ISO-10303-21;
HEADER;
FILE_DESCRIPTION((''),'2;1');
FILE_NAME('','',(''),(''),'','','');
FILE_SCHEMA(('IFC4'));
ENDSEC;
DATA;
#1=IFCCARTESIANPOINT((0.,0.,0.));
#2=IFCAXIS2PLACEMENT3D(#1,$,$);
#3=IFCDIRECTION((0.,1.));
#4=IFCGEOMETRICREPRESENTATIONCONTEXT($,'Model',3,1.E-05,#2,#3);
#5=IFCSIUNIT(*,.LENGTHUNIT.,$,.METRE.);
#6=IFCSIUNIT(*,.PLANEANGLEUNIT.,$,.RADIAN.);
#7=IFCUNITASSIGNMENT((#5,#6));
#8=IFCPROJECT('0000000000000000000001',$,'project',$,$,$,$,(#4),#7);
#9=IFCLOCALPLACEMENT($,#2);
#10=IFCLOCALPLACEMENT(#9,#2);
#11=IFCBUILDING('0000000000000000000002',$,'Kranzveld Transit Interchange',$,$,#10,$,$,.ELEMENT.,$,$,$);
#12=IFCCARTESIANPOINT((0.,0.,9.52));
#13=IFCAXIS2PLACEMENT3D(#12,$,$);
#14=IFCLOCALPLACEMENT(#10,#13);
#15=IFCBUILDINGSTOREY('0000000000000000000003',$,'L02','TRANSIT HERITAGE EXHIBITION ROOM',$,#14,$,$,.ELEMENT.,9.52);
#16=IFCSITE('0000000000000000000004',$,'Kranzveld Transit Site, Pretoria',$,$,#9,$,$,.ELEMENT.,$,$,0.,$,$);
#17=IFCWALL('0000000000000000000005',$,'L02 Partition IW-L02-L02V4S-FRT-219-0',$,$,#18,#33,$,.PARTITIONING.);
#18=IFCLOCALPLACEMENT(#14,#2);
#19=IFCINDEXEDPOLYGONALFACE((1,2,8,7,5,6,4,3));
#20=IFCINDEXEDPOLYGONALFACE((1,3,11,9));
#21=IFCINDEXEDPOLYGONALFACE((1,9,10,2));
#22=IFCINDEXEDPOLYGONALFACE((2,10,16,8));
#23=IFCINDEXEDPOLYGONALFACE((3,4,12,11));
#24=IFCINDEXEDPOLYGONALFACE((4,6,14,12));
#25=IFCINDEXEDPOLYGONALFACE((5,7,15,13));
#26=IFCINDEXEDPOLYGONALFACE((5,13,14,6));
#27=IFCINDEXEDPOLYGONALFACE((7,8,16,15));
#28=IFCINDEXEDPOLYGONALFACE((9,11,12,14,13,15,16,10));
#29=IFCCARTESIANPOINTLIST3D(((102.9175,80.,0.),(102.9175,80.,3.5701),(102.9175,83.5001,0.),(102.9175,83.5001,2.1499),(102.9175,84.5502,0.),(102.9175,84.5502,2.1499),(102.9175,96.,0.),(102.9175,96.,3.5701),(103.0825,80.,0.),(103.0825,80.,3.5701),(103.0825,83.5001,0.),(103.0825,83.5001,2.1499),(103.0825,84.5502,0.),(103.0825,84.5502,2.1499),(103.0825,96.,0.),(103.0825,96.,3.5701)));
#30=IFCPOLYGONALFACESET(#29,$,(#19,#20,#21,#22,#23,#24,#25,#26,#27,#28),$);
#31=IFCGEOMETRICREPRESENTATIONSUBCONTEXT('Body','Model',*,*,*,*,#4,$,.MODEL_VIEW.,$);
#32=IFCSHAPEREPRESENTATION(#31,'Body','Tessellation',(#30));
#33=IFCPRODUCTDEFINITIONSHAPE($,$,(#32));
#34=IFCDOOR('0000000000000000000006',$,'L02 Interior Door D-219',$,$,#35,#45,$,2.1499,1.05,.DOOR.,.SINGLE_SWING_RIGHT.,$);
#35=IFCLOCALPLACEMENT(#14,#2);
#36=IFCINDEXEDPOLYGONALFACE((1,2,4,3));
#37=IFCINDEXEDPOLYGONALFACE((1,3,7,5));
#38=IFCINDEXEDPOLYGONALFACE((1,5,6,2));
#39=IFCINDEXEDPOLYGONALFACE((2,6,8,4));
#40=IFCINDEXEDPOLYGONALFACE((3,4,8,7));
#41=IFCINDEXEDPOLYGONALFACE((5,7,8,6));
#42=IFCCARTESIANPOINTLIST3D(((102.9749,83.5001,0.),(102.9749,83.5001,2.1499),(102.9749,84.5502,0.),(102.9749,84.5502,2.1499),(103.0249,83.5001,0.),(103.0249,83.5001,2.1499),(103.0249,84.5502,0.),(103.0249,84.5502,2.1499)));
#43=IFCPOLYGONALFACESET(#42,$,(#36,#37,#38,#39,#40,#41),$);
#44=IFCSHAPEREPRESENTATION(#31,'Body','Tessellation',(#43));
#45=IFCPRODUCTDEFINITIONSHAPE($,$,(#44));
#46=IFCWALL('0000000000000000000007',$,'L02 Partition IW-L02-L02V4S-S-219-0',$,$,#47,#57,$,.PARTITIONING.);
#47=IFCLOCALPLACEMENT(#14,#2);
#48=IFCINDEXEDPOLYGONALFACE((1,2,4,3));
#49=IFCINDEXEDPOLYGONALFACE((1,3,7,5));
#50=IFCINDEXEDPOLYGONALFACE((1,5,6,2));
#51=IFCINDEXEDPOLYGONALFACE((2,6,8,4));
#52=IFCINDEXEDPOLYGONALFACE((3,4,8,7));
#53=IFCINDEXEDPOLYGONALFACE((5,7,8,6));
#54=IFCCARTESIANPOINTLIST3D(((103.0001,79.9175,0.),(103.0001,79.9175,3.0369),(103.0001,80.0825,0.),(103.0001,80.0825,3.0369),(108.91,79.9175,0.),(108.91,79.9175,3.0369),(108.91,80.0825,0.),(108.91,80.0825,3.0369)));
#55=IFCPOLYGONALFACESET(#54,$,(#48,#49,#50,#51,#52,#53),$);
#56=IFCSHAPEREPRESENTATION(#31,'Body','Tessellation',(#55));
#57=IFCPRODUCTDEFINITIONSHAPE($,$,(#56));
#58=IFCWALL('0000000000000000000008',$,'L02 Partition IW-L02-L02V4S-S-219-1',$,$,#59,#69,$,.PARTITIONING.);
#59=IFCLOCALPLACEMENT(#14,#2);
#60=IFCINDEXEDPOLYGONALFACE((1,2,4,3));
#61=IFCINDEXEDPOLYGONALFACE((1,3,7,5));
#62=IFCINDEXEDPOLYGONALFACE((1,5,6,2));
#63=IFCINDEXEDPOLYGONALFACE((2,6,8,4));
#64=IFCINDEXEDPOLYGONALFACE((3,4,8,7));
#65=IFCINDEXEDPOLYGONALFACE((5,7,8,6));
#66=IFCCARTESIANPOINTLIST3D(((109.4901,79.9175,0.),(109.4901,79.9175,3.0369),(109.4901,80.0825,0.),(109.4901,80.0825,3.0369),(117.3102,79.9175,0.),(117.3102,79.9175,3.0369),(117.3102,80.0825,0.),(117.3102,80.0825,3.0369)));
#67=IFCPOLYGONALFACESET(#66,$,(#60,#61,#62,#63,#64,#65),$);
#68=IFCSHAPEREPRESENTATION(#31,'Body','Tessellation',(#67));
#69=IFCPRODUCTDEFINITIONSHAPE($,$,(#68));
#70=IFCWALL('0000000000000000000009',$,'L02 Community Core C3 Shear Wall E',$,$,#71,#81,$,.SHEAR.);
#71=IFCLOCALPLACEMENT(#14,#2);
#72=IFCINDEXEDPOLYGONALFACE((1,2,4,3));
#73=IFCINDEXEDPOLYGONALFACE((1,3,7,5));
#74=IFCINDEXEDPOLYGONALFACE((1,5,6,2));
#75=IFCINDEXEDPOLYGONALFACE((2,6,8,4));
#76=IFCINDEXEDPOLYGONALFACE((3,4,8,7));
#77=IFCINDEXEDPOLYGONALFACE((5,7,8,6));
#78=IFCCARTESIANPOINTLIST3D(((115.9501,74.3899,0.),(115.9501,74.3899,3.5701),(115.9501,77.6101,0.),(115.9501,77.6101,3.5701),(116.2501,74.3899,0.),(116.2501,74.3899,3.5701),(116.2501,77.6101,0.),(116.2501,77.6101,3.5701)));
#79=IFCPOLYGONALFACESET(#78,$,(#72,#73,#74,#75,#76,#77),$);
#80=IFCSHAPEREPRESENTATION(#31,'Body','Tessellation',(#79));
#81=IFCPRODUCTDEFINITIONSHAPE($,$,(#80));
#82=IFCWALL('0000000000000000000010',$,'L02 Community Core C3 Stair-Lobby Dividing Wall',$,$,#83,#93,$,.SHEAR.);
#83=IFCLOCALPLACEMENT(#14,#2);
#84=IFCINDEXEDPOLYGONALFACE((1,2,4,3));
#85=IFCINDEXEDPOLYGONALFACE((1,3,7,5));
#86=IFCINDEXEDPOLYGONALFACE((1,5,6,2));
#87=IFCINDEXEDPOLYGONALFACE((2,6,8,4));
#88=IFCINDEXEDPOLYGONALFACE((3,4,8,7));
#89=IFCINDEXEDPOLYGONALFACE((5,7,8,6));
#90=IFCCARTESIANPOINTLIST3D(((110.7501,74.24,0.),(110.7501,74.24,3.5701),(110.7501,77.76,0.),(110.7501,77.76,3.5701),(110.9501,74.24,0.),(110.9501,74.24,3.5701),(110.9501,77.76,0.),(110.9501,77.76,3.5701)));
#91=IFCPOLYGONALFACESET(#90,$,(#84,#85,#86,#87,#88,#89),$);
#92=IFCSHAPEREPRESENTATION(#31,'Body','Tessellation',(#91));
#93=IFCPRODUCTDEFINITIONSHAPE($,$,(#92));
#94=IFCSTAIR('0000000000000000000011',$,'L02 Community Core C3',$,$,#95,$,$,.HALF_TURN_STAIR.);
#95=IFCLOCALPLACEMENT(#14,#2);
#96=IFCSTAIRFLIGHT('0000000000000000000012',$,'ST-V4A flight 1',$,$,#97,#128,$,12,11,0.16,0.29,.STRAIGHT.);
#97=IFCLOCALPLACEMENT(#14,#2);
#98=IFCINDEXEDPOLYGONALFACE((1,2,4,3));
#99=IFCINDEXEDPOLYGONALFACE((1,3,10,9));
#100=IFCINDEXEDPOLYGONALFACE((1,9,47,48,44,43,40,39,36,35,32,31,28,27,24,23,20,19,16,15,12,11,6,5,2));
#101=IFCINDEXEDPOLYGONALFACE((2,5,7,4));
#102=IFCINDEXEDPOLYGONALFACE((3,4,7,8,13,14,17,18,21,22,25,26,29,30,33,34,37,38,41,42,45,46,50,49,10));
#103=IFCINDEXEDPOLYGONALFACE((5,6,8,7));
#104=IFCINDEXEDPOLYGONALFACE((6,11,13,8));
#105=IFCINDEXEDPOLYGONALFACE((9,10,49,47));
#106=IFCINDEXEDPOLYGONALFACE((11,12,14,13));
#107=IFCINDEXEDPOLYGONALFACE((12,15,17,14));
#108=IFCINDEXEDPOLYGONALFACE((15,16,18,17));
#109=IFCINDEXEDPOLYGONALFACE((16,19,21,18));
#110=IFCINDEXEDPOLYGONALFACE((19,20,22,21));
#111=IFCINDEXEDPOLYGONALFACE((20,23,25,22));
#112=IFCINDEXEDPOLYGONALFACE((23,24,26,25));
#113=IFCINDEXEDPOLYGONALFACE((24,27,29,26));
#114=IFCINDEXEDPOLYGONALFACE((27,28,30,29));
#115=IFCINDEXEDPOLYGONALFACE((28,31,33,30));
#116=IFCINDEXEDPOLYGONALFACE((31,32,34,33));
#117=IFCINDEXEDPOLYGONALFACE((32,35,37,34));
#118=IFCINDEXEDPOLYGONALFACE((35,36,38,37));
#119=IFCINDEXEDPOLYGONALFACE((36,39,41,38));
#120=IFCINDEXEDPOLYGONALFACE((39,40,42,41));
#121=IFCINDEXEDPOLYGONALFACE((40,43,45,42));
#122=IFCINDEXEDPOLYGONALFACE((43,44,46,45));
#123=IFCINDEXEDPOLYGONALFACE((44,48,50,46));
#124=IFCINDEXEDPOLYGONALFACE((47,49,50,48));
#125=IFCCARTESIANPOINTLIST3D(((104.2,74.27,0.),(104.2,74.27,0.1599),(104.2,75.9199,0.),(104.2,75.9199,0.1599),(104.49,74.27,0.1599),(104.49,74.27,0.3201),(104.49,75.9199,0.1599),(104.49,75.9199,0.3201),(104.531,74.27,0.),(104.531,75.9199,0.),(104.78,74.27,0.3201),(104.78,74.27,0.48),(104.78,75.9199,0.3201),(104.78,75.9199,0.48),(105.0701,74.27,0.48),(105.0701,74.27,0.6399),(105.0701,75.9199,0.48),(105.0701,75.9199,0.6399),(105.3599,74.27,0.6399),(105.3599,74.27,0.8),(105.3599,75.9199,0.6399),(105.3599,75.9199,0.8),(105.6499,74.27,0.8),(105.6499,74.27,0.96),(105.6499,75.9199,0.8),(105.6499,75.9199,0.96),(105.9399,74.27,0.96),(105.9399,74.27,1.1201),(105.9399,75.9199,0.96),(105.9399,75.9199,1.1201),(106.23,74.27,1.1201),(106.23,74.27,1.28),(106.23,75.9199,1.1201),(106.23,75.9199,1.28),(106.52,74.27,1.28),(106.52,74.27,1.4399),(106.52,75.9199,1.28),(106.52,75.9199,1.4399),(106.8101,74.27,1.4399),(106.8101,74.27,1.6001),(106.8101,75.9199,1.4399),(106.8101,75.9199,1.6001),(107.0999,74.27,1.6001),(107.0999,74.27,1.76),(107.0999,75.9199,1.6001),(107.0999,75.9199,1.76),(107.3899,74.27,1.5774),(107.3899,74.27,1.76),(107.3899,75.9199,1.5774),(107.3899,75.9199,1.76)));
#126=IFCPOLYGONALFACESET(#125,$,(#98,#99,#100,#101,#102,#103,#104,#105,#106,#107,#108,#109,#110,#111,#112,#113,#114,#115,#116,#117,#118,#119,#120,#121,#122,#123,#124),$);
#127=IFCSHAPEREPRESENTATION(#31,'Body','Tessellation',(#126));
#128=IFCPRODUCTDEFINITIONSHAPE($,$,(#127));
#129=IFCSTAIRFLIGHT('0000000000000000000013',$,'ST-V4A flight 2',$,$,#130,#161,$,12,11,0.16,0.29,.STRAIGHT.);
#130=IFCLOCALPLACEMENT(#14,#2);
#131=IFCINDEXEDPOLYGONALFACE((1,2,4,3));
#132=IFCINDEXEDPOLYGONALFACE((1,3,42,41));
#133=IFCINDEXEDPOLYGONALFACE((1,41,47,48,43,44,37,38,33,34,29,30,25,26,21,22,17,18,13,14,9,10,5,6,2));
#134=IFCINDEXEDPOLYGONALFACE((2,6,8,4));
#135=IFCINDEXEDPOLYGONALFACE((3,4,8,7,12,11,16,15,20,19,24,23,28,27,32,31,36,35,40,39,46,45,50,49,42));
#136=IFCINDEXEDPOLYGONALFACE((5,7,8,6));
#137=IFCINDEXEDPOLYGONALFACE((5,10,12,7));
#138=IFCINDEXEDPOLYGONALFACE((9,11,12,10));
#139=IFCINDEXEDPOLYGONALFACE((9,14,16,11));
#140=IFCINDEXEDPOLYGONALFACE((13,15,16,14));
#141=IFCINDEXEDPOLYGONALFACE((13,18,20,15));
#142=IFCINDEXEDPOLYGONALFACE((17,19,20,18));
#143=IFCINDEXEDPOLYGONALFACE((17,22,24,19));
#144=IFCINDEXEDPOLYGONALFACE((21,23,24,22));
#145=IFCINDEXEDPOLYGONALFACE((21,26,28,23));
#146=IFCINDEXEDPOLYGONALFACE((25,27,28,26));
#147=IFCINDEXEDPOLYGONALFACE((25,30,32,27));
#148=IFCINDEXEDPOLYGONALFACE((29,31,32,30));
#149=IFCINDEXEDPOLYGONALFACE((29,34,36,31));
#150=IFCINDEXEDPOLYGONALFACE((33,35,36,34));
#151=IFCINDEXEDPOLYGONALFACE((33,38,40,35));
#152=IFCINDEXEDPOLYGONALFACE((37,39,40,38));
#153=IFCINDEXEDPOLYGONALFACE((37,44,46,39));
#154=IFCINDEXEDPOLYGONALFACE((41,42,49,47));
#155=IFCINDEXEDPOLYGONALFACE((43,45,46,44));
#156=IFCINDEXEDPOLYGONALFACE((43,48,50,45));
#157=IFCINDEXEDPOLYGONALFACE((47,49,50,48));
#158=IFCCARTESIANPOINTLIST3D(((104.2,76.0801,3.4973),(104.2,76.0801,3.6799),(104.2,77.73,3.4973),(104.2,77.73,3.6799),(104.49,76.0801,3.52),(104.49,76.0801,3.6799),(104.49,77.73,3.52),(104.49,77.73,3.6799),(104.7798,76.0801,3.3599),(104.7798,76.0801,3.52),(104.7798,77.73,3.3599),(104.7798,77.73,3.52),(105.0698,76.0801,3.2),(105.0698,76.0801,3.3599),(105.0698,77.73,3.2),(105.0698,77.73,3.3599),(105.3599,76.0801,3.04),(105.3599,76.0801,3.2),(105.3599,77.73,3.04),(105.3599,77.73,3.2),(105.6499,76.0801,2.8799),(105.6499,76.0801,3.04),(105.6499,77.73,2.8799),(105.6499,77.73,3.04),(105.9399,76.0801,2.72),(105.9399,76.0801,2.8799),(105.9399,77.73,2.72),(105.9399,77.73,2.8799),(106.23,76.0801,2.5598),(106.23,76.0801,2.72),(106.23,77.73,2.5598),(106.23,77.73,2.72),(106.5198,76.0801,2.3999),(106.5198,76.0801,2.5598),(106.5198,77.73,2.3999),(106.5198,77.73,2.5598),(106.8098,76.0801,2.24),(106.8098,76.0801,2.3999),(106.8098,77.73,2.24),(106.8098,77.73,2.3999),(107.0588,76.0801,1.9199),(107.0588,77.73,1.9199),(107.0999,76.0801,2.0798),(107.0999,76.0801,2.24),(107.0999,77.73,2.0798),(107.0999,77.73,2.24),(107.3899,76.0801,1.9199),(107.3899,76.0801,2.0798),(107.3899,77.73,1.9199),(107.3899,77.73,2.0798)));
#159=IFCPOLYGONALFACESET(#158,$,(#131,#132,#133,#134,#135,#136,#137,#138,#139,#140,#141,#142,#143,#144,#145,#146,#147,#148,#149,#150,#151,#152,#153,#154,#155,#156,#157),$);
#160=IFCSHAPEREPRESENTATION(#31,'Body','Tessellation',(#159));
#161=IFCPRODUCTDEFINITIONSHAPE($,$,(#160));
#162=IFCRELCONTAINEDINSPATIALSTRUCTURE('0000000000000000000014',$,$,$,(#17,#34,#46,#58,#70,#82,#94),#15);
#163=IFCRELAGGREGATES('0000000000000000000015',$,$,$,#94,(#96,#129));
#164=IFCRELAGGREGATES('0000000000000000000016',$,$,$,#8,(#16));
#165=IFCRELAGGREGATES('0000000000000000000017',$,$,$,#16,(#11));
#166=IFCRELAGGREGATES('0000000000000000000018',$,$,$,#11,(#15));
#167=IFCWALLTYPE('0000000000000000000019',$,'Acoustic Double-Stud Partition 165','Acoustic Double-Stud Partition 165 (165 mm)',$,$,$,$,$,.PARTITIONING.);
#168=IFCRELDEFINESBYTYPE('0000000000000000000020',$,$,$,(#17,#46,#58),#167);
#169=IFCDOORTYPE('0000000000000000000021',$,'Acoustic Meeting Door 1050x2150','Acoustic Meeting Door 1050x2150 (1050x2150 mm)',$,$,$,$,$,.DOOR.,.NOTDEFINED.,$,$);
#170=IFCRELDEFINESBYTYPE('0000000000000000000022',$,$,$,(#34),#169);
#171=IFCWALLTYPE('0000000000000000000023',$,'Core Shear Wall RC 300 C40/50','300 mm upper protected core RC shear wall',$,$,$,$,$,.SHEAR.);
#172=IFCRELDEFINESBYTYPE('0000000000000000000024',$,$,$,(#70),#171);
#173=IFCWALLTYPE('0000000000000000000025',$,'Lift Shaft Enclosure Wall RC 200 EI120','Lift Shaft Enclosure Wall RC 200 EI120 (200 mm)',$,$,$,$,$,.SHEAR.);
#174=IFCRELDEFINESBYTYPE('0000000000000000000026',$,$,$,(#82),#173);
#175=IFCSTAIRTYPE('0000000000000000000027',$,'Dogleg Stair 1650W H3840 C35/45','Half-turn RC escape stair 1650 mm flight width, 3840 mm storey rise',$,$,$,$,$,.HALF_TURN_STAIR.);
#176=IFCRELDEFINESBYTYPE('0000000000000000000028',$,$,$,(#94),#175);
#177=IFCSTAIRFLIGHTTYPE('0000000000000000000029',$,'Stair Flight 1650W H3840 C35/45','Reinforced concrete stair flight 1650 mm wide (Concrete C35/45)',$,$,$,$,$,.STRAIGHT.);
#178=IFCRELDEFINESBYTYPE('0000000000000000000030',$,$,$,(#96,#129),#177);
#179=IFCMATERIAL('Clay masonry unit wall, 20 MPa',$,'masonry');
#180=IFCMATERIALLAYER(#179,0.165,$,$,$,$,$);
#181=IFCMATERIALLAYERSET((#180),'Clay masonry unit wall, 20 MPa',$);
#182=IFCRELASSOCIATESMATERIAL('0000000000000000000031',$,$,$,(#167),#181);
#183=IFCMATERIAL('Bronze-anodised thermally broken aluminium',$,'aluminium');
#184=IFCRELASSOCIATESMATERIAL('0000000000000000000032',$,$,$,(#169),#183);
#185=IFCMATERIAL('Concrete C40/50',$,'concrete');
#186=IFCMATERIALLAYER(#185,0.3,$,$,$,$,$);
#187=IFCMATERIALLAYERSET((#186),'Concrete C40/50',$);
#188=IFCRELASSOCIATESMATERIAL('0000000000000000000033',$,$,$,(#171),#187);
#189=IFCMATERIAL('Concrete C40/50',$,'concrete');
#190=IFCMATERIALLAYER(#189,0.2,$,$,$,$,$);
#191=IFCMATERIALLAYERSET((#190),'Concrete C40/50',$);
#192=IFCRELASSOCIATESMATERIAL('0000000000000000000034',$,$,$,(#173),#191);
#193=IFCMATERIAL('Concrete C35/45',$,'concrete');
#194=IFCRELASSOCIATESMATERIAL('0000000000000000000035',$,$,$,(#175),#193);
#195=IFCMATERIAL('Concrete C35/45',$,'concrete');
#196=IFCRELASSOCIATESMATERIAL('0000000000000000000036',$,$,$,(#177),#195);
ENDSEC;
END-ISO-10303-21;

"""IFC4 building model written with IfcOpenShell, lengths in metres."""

from ifc_helpers import new_model, si_unit, direction, frame, frame_2d, origin, place, context, subcontext, project, spatial, polyline, rectangle, outline, extrude, material, layer, layer_set, type_object, element, fill, aggregate, save


model = new_model("IFC4")

# Units and contexts
model_context = context("Model", 3, precision=1e-05, world=origin(), true_north=direction((0.0, 1.0)))
body_context = subcontext(model_context, "Body", "Model", "MODEL_VIEW")
ifc_project = project(units=[si_unit("LENGTHUNIT", "METRE"), si_unit("PLANEANGLEUNIT", "RADIAN")], contexts=[model_context])

# Site, building, storey
site_placement = place(None, origin())
site = spatial("IfcSite", under=ifc_project, at=site_placement, Name="Kranzveld Transit Site, Pretoria", CompositionType="ELEMENT", RefElevation=0.0)
building_placement = place(site_placement, origin())
building = spatial("IfcBuilding", under=site, at=building_placement, Name="Kranzveld Transit Interchange", CompositionType="ELEMENT")
storey_placement = place(building_placement, frame((0.0, 0.0, 9.52)))
storey = spatial("IfcBuildingStorey", under=building, at=storey_placement, Name="L02", Description="TRANSIT HERITAGE EXHIBITION ROOM", CompositionType="ELEMENT", Elevation=9.52)

# Wall, opening, door
ifc_material_1 = material(Name="Clay masonry unit wall, 20 MPa", Category="masonry")
ifc_layer_1 = layer(ifc_material_1, 0.165)
ifc_layer_set_1 = layer_set([ifc_layer_1], Name="Clay masonry unit wall, 20 MPa")
wall_type_1 = type_object("IfcWallType", Name="Acoustic Double-Stud Partition 165", Description="Acoustic Double-Stud Partition 165 (165 mm)", PredefinedType="PARTITIONING", material=ifc_layer_set_1)
wall_1_placement = place(storey_placement, frame((103.0, 80.0, 0.0), z_axis=(0.0, 0.0, 1.0), x_axis=(0.0, 1.0, 0.0)))
wall_1 = element("IfcWall", 1, at=wall_1_placement, inside=storey, type_object=wall_type_1, Name="L02 Partition IW-L02-L02V4S-FRT-219-0", PredefinedType="PARTITIONING", context=body_context, shape_type="SweptSolid", body=[
    extrude(rectangle(XDim=16.0, YDim=0.165, at=frame_2d((8.0, 0.0))), origin(), (0.0, 0.0, 1.0), 3.5701),
])
opening_1_placement = place(wall_1_placement, frame((4.55, 0.0, 0.0), z_axis=(0.0, 0.0, 1.0), x_axis=(-1.0, 0.0, 0.0)))
opening_1 = element("IfcOpeningElement", 2, at=opening_1_placement, cuts=wall_1, PredefinedType="OPENING", context=body_context, shape_type="SweptSolid", body=[
    extrude(rectangle(XDim=1.05, YDim=2.1499, at=frame_2d((0.5249, 1.075))), frame((0.0, 0.0925, 0.0), z_axis=(0.0, -1.0, 0.0), x_axis=(1.0, 0.0, 0.0)), (0.0, 0.0, 1.0), 0.1851),
])
ifc_material_2 = material(Name="Bronze-anodised thermally broken aluminium", Category="aluminium")
door_type_1 = type_object("IfcDoorType", Name="Acoustic Meeting Door 1050x2150", Description="Acoustic Meeting Door 1050x2150 (1050x2150 mm)", OperationType="NOTDEFINED", PredefinedType="DOOR", material=ifc_material_2)
door_1_placement = place(opening_1_placement, origin())
door_1 = element("IfcDoor", 3, at=door_1_placement, inside=storey, type_object=door_type_1, Name="L02 Interior Door D-219", OperationType="SINGLE_SWING_RIGHT", OverallHeight=2.1499, OverallWidth=1.05, PredefinedType="DOOR", context=body_context, shape_type="SweptSolid", body=[
    extrude(rectangle(XDim=1.05, YDim=2.1499, at=frame_2d((0.5249, 1.075))), frame((0.0, 0.0249, 0.0), z_axis=(0.0, -1.0, 0.0), x_axis=(1.0, 0.0, 0.0)), (0.0, 0.0, 1.0), 0.05),
])
fill(opening_1, door_1)

# Walls
wall_2_placement = place(storey_placement, frame((103.0, 80.0, 0.0), z_axis=(0.0, 0.0, 1.0), x_axis=(1.0, 0.0, 0.0)))
element("IfcWall", 4, at=wall_2_placement, inside=storey, type_object=wall_type_1, Name="L02 Partition IW-L02-L02V4S-S-219-0", PredefinedType="PARTITIONING", context=body_context, shape_type="SweptSolid", body=[
    extrude(rectangle(XDim=5.9099, YDim=0.165, at=frame_2d((2.9551, 0.0))), origin(), (0.0, 0.0, 1.0), 3.0369),
])
wall_3_placement = place(storey_placement, frame((109.49, 80.0, 0.0), z_axis=(0.0, 0.0, 1.0), x_axis=(1.0, 0.0, 0.0)))
element("IfcWall", 5, at=wall_3_placement, inside=storey, type_object=wall_type_1, Name="L02 Partition IW-L02-L02V4S-S-219-1", PredefinedType="PARTITIONING", context=body_context, shape_type="SweptSolid", body=[
    extrude(rectangle(XDim=7.8201, YDim=0.165, at=frame_2d((3.9102, 0.0))), origin(), (0.0, 0.0, 1.0), 3.0369),
])
ifc_material_3 = material(Name="Concrete C40/50", Category="concrete")
ifc_layer_2 = layer(ifc_material_3, 0.3)
ifc_layer_set_2 = layer_set([ifc_layer_2], Name="Concrete C40/50")
wall_type_2 = type_object("IfcWallType", Name="Core Shear Wall RC 300 C40/50", Description="300 mm upper protected core RC shear wall", PredefinedType="SHEAR", material=ifc_layer_set_2)
wall_4_placement = place(storey_placement, frame((116.1001, 74.3899, 0.0), z_axis=(0.0, 0.0, 1.0), x_axis=(0.0, 1.0, 0.0)))
element("IfcWall", 6, at=wall_4_placement, inside=storey, type_object=wall_type_2, Name="L02 Community Core C3 Shear Wall E", PredefinedType="SHEAR", context=body_context, shape_type="SweptSolid", body=[
    extrude(rectangle(XDim=3.2202, YDim=0.3, at=frame_2d((1.6101, 0.0))), origin(), (0.0, 0.0, 1.0), 3.5701),
])
ifc_material_4 = material(Name="Concrete C40/50", Category="concrete")
ifc_layer_3 = layer(ifc_material_4, 0.2)
ifc_layer_set_3 = layer_set([ifc_layer_3], Name="Concrete C40/50")
wall_type_3 = type_object("IfcWallType", Name="Lift Shaft Enclosure Wall RC 200 EI120", Description="Lift Shaft Enclosure Wall RC 200 EI120 (200 mm)", PredefinedType="SHEAR", material=ifc_layer_set_3)
wall_5_placement = place(storey_placement, frame((110.8501, 74.24, 0.0), z_axis=(0.0, 0.0, 1.0), x_axis=(0.0, 1.0, 0.0)))
element("IfcWall", 7, at=wall_5_placement, inside=storey, type_object=wall_type_3, Name="L02 Community Core C3 Stair-Lobby Dividing Wall", PredefinedType="SHEAR", context=body_context, shape_type="SweptSolid", body=[
    extrude(rectangle(XDim=3.52, YDim=0.2, at=frame_2d((1.76, 0.0))), origin(), (0.0, 0.0, 1.0), 3.5701),
])

# Stair, stair flights
ifc_material_5 = material(Name="Concrete C35/45", Category="concrete")
stair_type = type_object("IfcStairType", Name="Dogleg Stair 1650W H3840 C35/45", Description="Half-turn RC escape stair 1650 mm flight width, 3840 mm storey rise", PredefinedType="HALF_TURN_STAIR", material=ifc_material_5)
stair_placement = place(storey_placement, origin())
stair = element("IfcStair", 8, at=stair_placement, inside=storey, type_object=stair_type, Name="L02 Community Core C3", PredefinedType="HALF_TURN_STAIR")
ifc_material_6 = material(Name="Concrete C35/45", Category="concrete")
stair_flight_type = type_object("IfcStairFlightType", Name="Stair Flight 1650W H3840 C35/45", Description="Reinforced concrete stair flight 1650 mm wide (Concrete C35/45)", PredefinedType="STRAIGHT", material=ifc_material_6)
stair_flight_1_placement = place(storey_placement, frame((104.2, 75.095, 0.0), z_axis=(0.0, 0.0, 1.0), x_axis=(1.0, 0.0, 0.0)))
stair_flight_1 = element("IfcStairFlight", 9, at=stair_flight_1_placement, type_object=stair_flight_type, Name="ST-V4A flight 1", NumberOfRisers=12, NumberOfTreads=11, PredefinedType="STRAIGHT", RiserHeight=0.16, TreadLength=0.29, context=body_context, shape_type="SweptSolid", body=[
    extrude(outline(polyline([(0.0, 0.0), (0.0, 0.1599), (0.29, 0.1599), (0.29, 0.3201), (0.5801, 0.3201), (0.5801, 0.48), (0.8701, 0.48), (0.8701, 0.6399), (1.1599, 0.6399), (1.1599, 0.8), (1.45, 0.8), (1.45, 0.96), (1.74, 0.96), (1.74, 1.1201), (2.03, 1.1201), (2.03, 1.28), (2.3201, 1.28), (2.3201, 1.4399), (2.6101, 1.4399), (2.6101, 1.6001), (2.8999, 1.6001), (2.8999, 1.76), (3.1899, 1.76), (3.1899, 1.9199), (3.1899, 1.5774), (0.3311, 0.0), (0.0, 0.0)])), frame((0.0, 0.825, 0.0), z_axis=(0.0, -1.0, 0.0), x_axis=(1.0, 0.0, 0.0)), (0.0, 0.0, 1.0), 1.6499),
])
stair_flight_2_placement = place(storey_placement, frame((107.3899, 76.905, 1.9199), z_axis=(0.0, 0.0, 1.0), x_axis=(-1.0, 0.0, 0.0)))
stair_flight_2 = element("IfcStairFlight", 10, at=stair_flight_2_placement, type_object=stair_flight_type, Name="ST-V4A flight 2", NumberOfRisers=12, NumberOfTreads=11, PredefinedType="STRAIGHT", RiserHeight=0.16, TreadLength=0.29, context=body_context, shape_type="SweptSolid", body=[
    extrude(outline(polyline([(0.0, 0.0), (0.0, 0.1599), (0.29, 0.1599), (0.29, 0.3201), (0.5801, 0.3201), (0.5801, 0.48), (0.8701, 0.48), (0.8701, 0.6399), (1.1599, 0.6399), (1.1599, 0.8), (1.45, 0.8), (1.45, 0.96), (1.74, 0.96), (1.74, 1.1201), (2.03, 1.1201), (2.03, 1.28), (2.3201, 1.28), (2.3201, 1.4399), (2.6101, 1.4399), (2.6101, 1.6001), (2.8999, 1.6001), (2.8999, 1.76), (3.1899, 1.76), (3.1899, 1.9199), (3.1899, 1.5774), (0.3311, 0.0), (0.0, 0.0)])), frame((0.0, 0.825, 0.0), z_axis=(0.0, -1.0, 0.0), x_axis=(1.0, 0.0, 0.0)), (0.0, 0.0, 1.0), 1.6499),
])
aggregate(stair, [stair_flight_1, stair_flight_2])

save(model, "model.ifc")
